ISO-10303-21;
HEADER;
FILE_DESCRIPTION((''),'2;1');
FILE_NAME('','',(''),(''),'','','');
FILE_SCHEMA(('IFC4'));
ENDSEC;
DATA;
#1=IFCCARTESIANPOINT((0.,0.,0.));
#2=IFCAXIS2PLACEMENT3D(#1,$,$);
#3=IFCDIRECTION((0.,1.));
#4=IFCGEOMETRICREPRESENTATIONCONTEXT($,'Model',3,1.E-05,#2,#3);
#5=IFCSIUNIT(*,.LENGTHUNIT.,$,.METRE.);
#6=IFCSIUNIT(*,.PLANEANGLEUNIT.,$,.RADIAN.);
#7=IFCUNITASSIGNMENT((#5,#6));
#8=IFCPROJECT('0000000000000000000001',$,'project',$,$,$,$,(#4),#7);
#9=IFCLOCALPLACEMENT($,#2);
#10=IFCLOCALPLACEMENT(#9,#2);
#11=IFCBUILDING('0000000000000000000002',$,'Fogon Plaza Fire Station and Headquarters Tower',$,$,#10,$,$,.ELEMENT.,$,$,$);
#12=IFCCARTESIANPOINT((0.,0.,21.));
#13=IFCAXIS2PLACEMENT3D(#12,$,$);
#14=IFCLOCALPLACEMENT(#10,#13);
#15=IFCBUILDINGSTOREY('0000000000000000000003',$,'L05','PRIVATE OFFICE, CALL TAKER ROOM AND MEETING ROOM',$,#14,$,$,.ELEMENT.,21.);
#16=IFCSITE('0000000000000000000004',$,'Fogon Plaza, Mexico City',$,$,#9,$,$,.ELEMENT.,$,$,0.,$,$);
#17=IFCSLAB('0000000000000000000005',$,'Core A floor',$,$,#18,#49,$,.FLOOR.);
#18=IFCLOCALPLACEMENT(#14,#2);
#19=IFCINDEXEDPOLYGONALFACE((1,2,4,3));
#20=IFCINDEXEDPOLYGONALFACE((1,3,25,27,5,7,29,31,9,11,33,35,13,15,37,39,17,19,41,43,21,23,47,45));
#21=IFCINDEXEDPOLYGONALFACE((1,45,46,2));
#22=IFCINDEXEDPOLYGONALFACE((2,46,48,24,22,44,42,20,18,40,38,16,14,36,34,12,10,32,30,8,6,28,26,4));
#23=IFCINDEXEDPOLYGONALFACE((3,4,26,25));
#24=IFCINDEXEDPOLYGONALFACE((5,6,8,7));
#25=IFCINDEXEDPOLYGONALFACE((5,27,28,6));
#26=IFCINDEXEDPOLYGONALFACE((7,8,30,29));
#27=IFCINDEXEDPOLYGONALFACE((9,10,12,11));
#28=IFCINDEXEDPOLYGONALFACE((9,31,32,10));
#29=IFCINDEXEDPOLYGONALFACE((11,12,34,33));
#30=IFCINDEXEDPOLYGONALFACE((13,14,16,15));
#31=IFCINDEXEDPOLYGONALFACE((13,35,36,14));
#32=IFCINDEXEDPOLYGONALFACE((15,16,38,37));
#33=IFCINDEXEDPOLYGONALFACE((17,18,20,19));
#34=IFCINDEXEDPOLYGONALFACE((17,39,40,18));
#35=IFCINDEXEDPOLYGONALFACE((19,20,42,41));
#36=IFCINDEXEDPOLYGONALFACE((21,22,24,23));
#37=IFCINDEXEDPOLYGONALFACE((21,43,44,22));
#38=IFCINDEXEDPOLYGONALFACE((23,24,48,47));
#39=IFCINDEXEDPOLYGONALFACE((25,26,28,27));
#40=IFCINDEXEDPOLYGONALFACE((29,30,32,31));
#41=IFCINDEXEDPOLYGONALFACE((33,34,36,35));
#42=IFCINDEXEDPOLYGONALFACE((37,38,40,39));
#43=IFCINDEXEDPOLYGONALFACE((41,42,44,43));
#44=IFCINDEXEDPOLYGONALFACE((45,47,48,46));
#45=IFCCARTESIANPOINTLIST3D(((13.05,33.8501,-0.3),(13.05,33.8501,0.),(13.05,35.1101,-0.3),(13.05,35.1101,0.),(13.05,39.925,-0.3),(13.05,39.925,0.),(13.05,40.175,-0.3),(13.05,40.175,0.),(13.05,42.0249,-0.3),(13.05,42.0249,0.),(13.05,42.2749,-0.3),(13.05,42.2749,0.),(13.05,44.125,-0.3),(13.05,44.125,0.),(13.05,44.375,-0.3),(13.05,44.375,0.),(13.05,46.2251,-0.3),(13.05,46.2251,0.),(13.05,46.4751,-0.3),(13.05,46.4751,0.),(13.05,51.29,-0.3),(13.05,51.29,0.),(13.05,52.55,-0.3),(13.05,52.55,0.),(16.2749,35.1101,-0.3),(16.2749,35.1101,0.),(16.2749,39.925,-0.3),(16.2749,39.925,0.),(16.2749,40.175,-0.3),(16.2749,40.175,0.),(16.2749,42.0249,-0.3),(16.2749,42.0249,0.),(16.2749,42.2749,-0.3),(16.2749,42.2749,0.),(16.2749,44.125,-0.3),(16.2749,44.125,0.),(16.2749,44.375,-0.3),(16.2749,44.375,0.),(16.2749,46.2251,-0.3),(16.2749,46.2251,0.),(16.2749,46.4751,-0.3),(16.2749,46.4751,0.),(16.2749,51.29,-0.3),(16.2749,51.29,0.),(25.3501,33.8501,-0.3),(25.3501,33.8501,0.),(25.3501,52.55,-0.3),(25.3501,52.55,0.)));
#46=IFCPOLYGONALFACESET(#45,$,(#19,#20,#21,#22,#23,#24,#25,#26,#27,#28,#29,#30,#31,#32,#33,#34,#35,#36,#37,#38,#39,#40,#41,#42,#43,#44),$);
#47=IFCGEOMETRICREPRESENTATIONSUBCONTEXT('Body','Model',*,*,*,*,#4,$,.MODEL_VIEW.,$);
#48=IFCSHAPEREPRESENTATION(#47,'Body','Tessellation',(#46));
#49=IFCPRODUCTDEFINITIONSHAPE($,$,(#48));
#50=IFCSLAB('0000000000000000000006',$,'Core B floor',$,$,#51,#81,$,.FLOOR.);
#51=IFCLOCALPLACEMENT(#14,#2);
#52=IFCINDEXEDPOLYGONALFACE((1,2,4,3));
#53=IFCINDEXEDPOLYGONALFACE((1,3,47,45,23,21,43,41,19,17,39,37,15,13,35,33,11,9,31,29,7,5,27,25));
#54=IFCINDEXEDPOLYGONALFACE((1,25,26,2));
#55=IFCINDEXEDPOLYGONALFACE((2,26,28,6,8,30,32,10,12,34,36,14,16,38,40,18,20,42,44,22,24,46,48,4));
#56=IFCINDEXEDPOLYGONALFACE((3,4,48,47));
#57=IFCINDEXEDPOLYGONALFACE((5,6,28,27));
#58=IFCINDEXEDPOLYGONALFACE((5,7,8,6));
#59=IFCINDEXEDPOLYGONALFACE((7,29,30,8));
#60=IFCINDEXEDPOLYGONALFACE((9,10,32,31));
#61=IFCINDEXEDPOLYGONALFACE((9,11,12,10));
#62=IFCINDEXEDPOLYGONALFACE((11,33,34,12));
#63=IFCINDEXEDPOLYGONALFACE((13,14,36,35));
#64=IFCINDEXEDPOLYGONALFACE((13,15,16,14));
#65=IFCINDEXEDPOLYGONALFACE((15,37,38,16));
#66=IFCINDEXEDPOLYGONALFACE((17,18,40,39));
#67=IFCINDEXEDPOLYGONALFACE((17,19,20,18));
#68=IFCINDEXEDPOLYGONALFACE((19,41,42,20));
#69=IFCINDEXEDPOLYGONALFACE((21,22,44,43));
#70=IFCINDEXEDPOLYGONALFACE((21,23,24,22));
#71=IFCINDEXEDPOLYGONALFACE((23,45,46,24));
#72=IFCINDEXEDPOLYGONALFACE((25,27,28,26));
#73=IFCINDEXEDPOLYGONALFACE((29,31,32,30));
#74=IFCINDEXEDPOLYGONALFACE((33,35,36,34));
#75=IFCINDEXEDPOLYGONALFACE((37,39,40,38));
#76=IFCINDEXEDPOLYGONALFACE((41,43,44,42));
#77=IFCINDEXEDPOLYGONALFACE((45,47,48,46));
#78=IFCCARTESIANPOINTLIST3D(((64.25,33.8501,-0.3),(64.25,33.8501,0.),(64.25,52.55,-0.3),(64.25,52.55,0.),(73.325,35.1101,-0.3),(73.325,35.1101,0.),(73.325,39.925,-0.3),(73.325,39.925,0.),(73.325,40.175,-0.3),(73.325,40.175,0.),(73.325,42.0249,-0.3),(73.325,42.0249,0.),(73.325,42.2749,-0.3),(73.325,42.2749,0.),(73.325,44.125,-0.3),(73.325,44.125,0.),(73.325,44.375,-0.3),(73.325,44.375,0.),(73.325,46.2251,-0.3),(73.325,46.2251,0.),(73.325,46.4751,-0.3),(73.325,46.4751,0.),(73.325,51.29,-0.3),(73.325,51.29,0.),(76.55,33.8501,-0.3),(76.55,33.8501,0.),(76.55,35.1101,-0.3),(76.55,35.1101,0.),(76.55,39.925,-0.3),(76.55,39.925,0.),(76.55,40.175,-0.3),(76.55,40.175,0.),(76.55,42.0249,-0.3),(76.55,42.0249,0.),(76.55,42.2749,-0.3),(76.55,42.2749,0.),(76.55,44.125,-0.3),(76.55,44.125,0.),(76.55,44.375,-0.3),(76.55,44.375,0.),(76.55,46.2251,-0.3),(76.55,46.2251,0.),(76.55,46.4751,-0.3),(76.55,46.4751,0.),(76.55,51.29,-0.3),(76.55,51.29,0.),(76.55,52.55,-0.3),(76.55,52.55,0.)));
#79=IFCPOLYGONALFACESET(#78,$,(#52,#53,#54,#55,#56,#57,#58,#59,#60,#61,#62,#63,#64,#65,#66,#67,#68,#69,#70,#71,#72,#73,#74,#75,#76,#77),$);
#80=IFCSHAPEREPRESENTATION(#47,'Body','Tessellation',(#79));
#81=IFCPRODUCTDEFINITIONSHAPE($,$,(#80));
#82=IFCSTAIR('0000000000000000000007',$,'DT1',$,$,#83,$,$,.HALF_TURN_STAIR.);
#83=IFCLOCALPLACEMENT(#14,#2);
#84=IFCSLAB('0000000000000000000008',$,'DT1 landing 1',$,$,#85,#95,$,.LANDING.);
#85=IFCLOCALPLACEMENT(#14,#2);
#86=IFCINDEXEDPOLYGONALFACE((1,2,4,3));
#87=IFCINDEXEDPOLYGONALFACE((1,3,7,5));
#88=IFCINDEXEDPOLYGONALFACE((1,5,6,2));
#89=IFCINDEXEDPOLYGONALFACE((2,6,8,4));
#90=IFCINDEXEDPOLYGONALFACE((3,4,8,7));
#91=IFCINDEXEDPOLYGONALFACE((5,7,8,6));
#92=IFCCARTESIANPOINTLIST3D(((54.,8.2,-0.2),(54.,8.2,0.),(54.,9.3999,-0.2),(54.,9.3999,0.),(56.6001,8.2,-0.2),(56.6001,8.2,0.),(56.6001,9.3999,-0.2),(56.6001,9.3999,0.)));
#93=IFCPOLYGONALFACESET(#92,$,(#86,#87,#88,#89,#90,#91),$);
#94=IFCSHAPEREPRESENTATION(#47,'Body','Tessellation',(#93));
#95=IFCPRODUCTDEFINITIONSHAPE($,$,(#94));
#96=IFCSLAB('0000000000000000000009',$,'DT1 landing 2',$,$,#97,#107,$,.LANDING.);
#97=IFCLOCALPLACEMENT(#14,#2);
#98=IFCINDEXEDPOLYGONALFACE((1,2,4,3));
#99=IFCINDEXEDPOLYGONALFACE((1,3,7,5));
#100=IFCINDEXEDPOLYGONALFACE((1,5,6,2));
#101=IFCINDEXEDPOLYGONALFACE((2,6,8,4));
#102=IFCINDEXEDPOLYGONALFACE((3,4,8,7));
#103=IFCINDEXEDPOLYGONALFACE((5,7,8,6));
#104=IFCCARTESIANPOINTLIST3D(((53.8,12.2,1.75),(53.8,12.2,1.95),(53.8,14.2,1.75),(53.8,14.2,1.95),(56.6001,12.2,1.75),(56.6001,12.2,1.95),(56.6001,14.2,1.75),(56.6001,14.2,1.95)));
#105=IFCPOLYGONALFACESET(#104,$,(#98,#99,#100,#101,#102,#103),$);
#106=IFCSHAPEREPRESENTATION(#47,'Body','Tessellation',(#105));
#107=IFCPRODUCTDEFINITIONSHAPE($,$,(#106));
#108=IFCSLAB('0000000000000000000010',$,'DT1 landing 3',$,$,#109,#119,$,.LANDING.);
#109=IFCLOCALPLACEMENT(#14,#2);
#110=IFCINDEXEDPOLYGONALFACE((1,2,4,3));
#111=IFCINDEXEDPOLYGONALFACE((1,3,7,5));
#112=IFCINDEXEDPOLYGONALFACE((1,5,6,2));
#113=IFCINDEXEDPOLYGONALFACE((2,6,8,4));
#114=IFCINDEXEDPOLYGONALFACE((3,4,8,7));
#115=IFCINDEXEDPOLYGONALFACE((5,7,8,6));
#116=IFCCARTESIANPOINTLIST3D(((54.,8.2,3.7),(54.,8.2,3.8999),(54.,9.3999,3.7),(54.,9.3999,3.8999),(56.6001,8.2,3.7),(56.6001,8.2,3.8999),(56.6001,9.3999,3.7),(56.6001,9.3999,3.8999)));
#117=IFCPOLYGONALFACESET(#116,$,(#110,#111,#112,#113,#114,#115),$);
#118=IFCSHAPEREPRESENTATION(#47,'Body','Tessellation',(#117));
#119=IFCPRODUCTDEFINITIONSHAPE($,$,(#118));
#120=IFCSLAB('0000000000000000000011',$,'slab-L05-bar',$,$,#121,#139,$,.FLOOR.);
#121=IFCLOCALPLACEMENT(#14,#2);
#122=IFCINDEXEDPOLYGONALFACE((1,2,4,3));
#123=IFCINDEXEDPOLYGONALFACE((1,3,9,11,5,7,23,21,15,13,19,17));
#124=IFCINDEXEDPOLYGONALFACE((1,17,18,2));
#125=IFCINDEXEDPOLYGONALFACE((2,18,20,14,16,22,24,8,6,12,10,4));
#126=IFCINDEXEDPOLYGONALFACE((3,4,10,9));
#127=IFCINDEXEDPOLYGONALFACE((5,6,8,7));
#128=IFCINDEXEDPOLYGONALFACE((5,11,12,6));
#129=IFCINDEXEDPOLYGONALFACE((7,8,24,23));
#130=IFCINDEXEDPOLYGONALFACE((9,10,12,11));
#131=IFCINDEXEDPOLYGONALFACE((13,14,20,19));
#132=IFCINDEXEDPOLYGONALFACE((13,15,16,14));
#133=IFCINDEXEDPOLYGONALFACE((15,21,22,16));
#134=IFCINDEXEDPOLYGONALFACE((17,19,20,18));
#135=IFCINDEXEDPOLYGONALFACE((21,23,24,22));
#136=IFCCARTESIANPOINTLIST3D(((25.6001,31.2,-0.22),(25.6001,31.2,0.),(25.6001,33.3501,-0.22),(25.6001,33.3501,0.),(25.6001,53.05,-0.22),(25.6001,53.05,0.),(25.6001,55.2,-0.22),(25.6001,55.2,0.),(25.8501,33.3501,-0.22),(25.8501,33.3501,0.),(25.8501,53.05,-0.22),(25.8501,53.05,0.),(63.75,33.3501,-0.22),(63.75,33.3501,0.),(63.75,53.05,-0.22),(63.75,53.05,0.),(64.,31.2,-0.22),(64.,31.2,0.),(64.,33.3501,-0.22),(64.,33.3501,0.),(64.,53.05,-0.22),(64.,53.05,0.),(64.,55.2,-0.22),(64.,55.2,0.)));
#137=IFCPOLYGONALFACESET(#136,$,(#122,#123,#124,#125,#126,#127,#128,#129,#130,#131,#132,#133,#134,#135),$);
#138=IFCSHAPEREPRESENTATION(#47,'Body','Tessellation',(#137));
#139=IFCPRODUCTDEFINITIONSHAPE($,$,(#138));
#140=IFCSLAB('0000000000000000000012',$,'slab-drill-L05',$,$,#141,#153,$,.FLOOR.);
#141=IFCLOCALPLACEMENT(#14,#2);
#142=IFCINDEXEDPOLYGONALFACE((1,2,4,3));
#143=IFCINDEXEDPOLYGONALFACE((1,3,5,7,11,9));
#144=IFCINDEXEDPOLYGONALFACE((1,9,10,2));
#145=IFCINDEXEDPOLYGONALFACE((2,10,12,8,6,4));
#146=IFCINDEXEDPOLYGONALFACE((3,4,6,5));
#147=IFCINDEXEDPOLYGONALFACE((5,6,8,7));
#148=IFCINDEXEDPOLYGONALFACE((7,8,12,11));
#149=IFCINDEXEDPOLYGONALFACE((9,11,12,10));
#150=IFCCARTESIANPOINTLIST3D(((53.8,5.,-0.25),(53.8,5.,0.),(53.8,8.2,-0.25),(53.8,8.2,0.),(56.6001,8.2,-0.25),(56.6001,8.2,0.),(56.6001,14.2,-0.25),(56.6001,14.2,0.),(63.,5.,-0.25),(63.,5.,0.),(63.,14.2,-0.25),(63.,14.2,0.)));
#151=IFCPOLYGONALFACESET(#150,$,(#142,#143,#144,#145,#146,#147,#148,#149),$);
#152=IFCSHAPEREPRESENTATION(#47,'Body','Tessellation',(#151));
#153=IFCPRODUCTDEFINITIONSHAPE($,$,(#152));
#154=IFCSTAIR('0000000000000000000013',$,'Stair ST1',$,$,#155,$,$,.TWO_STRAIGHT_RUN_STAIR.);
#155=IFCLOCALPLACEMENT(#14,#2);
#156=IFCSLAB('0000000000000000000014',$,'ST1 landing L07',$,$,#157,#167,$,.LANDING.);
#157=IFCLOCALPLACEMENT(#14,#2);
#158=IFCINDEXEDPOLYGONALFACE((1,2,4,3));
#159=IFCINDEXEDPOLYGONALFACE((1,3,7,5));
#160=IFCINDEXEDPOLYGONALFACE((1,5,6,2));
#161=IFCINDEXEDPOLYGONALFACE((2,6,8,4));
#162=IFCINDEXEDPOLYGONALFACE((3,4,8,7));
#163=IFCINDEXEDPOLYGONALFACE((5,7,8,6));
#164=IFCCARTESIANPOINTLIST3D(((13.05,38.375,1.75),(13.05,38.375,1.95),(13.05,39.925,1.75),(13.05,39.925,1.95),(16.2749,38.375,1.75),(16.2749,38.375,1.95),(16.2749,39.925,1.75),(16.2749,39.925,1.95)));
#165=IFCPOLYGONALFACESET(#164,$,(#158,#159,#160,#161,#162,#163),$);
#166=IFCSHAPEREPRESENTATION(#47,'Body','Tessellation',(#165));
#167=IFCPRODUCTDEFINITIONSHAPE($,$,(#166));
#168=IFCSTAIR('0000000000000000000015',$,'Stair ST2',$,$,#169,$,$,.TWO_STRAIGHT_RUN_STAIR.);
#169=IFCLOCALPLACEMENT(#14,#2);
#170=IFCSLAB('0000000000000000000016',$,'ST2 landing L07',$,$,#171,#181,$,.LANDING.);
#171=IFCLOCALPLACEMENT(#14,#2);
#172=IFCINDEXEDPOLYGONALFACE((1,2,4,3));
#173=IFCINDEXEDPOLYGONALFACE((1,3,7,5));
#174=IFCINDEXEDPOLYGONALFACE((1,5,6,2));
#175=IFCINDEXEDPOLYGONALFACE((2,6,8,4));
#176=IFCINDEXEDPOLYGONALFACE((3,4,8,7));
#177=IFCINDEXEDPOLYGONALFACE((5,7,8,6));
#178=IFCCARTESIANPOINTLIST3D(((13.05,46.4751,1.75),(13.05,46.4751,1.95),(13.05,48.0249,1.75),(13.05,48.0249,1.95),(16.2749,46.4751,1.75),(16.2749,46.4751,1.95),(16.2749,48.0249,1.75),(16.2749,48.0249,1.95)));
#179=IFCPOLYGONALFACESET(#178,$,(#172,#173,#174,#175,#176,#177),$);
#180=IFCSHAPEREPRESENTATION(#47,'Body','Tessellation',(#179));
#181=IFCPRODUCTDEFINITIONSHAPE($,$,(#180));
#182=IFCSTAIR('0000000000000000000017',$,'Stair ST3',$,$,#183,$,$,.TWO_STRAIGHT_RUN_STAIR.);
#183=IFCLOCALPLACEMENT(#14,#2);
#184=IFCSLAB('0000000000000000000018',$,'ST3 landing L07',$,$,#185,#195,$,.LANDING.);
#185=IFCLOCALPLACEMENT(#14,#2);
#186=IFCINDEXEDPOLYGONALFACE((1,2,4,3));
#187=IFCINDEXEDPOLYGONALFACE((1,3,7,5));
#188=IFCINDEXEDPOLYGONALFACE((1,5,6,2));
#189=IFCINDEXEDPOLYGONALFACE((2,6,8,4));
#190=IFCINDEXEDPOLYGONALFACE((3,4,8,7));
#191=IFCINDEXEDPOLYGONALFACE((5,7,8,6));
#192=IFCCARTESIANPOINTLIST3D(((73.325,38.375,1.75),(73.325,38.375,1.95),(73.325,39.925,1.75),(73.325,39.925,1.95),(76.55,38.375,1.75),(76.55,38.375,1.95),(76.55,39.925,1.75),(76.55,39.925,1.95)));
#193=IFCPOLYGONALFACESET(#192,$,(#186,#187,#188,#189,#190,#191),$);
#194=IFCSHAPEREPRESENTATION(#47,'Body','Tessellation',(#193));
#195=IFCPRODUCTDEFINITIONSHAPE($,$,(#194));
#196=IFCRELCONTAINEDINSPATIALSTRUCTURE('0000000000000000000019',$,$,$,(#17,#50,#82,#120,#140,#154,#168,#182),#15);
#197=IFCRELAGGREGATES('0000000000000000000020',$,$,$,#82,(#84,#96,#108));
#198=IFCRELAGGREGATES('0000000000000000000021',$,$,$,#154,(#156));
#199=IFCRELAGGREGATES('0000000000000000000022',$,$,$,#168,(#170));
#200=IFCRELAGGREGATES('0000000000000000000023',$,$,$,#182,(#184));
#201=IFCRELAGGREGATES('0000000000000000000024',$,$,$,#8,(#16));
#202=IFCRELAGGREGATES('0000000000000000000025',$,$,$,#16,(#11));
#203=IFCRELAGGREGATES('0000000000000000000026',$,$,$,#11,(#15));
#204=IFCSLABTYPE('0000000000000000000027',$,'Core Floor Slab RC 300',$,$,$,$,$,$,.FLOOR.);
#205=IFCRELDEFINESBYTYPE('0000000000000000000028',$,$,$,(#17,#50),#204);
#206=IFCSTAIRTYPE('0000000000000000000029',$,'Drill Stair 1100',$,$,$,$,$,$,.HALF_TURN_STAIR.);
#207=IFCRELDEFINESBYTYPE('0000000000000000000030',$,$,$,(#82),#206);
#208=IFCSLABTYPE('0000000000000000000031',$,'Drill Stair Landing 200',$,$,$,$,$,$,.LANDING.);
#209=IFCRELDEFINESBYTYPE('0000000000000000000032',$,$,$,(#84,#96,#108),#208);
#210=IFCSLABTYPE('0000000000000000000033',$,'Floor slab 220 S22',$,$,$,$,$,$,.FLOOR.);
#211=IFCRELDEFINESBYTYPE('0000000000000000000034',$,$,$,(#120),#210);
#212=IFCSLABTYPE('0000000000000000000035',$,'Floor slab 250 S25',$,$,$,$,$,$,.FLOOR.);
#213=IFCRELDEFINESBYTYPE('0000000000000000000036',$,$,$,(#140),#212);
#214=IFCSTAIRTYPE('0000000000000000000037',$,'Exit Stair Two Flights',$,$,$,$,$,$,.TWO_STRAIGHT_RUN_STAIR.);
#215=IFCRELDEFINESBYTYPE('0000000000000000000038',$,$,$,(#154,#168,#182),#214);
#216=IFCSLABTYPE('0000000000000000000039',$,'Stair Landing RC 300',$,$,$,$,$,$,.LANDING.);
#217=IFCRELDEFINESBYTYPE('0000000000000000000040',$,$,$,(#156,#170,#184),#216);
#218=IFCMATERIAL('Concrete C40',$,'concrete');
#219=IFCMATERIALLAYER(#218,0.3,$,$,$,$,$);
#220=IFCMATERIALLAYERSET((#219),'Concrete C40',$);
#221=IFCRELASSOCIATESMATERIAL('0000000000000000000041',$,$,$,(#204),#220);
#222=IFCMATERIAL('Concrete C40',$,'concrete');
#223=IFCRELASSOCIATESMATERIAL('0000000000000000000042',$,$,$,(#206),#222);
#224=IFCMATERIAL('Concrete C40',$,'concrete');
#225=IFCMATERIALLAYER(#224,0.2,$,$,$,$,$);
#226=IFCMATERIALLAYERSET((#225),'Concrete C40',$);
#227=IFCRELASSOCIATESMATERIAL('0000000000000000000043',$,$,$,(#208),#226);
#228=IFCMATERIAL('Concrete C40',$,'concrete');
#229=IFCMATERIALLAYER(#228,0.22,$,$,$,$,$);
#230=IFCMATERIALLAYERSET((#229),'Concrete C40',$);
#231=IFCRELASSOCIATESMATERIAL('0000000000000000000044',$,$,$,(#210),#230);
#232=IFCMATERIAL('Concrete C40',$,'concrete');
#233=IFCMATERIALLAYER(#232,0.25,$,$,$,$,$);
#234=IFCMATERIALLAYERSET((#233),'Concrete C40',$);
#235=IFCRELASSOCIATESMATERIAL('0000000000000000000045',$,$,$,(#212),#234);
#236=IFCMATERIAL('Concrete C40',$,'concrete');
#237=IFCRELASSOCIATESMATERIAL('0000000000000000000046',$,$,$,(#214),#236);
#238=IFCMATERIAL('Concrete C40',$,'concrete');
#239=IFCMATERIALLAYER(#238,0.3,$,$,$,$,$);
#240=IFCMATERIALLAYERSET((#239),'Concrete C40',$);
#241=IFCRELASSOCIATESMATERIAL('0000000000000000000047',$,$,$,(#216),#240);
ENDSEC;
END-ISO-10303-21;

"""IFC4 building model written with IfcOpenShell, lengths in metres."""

from ifc_helpers import new_model, si_unit, direction, frame, origin, place, context, subcontext, project, spatial, polyline, outline, extrude, material, layer, layer_set, type_object, element, aggregate, save


model = new_model("IFC4")

# Units and contexts
model_context = context("Model", 3, precision=1e-05, world=origin(), true_north=direction((0.0, 1.0)))
body_context = subcontext(model_context, "Body", "Model", "MODEL_VIEW")
ifc_project = project(units=[si_unit("LENGTHUNIT", "METRE"), si_unit("PLANEANGLEUNIT", "RADIAN")], contexts=[model_context])

# Site, building, storey
site_placement = place(None, origin())
site = spatial("IfcSite", under=ifc_project, at=site_placement, Name="Fogon Plaza, Mexico City", CompositionType="ELEMENT", RefElevation=0.0)
building_placement = place(site_placement, origin())
building = spatial("IfcBuilding", under=site, at=building_placement, Name="Fogon Plaza Fire Station and Headquarters Tower", CompositionType="ELEMENT")
storey_placement = place(building_placement, frame((0.0, 0.0, 21.0)))
storey = spatial("IfcBuildingStorey", under=building, at=storey_placement, Name="L05", Description="PRIVATE OFFICE, CALL TAKER ROOM AND MEETING ROOM", CompositionType="ELEMENT", Elevation=21.0)

# Slabs
ifc_material_1 = material(Name="Concrete C40", Category="concrete")
ifc_layer_1 = layer(ifc_material_1, 0.3)
ifc_layer_set_1 = layer_set([ifc_layer_1], Name="Concrete C40")
slab_type_1 = type_object("IfcSlabType", Name="Core Floor Slab RC 300", PredefinedType="FLOOR", material=ifc_layer_set_1)
slab_1_placement = place(storey_placement, frame((0.0, 0.0, -0.3)))
element("IfcSlab", 1, at=slab_1_placement, inside=storey, type_object=slab_type_1, Name="Core A floor", PredefinedType="FLOOR", context=body_context, shape_type="SweptSolid", body=[
    extrude(outline(polyline([(13.05, 35.1101), (13.05, 33.8501), (25.3501, 33.8501), (25.3501, 52.55), (13.05, 52.55), (13.05, 51.29), (16.2749, 51.29), (16.2749, 46.4751), (13.05, 46.4751), (13.05, 46.2251), (16.2749, 46.2251), (16.2749, 44.375), (13.05, 44.375), (13.05, 44.125), (16.2749, 44.125), (16.2749, 42.2749), (13.05, 42.2749), (13.05, 42.0249), (16.2749, 42.0249), (16.2749, 40.175), (13.05, 40.175), (13.05, 39.925), (16.2749, 39.925), (16.2749, 35.1101), (13.05, 35.1101)])), origin(), (0.0, 0.0, 1.0), 0.3),
])
slab_2_placement = place(storey_placement, frame((0.0, 0.0, -0.3)))
element("IfcSlab", 2, at=slab_2_placement, inside=storey, type_object=slab_type_1, Name="Core B floor", PredefinedType="FLOOR", context=body_context, shape_type="SweptSolid", body=[
    extrude(outline(polyline([(76.55, 35.1101), (73.325, 35.1101), (73.325, 39.925), (76.55, 39.925), (76.55, 40.175), (73.325, 40.175), (73.325, 42.0249), (76.55, 42.0249), (76.55, 42.2749), (73.325, 42.2749), (73.325, 44.125), (76.55, 44.125), (76.55, 44.375), (73.325, 44.375), (73.325, 46.2251), (76.55, 46.2251), (76.55, 46.4751), (73.325, 46.4751), (73.325, 51.29), (76.55, 51.29), (76.55, 52.55), (64.25, 52.55), (64.25, 33.8501), (76.55, 33.8501), (76.55, 35.1101)])), origin(), (0.0, 0.0, 1.0), 0.3),
])

# Stair, slabs
ifc_material_2 = material(Name="Concrete C40", Category="concrete")
stair_type_1 = type_object("IfcStairType", Name="Drill Stair 1100", PredefinedType="HALF_TURN_STAIR", material=ifc_material_2)
stair_1_placement = place(storey_placement, origin())
stair_1 = element("IfcStair", 3, at=stair_1_placement, inside=storey, type_object=stair_type_1, Name="DT1", PredefinedType="HALF_TURN_STAIR")
ifc_material_3 = material(Name="Concrete C40", Category="concrete")
ifc_layer_2 = layer(ifc_material_3, 0.2)
ifc_layer_set_2 = layer_set([ifc_layer_2], Name="Concrete C40")
slab_type_2 = type_object("IfcSlabType", Name="Drill Stair Landing 200", PredefinedType="LANDING", material=ifc_layer_set_2)
slab_3_placement = place(storey_placement, frame((0.0, 0.0, -0.2)))
slab_3 = element("IfcSlab", 4, at=slab_3_placement, type_object=slab_type_2, Name="DT1 landing 1", PredefinedType="LANDING", context=body_context, shape_type="SweptSolid", body=[
    extrude(outline(polyline([(54.0, 8.2), (56.6001, 8.2), (56.6001, 9.3999), (54.0, 9.3999), (54.0, 8.2)])), origin(), (0.0, 0.0, 1.0), 0.2),
])
slab_4_placement = place(storey_placement, frame((0.0, 0.0, 1.75)))
slab_4 = element("IfcSlab", 5, at=slab_4_placement, type_object=slab_type_2, Name="DT1 landing 2", PredefinedType="LANDING", context=body_context, shape_type="SweptSolid", body=[
    extrude(outline(polyline([(53.8, 12.2), (56.6001, 12.2), (56.6001, 14.2), (53.8, 14.2), (53.8, 12.2)])), origin(), (0.0, 0.0, 1.0), 0.2),
])
slab_5_placement = place(storey_placement, frame((0.0, 0.0, 3.7)))
slab_5 = element("IfcSlab", 6, at=slab_5_placement, type_object=slab_type_2, Name="DT1 landing 3", PredefinedType="LANDING", context=body_context, shape_type="SweptSolid", body=[
    extrude(outline(polyline([(54.0, 8.2), (56.6001, 8.2), (56.6001, 9.3999), (54.0, 9.3999), (54.0, 8.2)])), origin(), (0.0, 0.0, 1.0), 0.2),
])
aggregate(stair_1, [slab_3, slab_4, slab_5])

# Slabs
ifc_material_4 = material(Name="Concrete C40", Category="concrete")
ifc_layer_3 = layer(ifc_material_4, 0.22)
ifc_layer_set_3 = layer_set([ifc_layer_3], Name="Concrete C40")
slab_type_3 = type_object("IfcSlabType", Name="Floor slab 220 S22", PredefinedType="FLOOR", material=ifc_layer_set_3)
slab_6_placement = place(storey_placement, frame((0.0, 0.0, -0.22)))
element("IfcSlab", 7, at=slab_6_placement, inside=storey, type_object=slab_type_3, Name="slab-L05-bar", PredefinedType="FLOOR", context=body_context, shape_type="SweptSolid", body=[
    extrude(outline(polyline([(64.0, 31.2), (25.6001, 31.2), (25.6001, 33.3501), (25.8501, 33.3501), (25.8501, 53.05), (25.6001, 53.05), (25.6001, 55.2), (64.0, 55.2), (64.0, 53.05), (63.75, 53.05), (63.75, 33.3501), (64.0, 33.3501), (64.0, 31.2)])), origin(), (0.0, 0.0, 1.0), 0.22),
])
ifc_material_5 = material(Name="Concrete C40", Category="concrete")
ifc_layer_4 = layer(ifc_material_5, 0.25)
ifc_layer_set_4 = layer_set([ifc_layer_4], Name="Concrete C40")
slab_type_4 = type_object("IfcSlabType", Name="Floor slab 250 S25", PredefinedType="FLOOR", material=ifc_layer_set_4)
slab_7_placement = place(storey_placement, frame((0.0, 0.0, -0.25)))
element("IfcSlab", 8, at=slab_7_placement, inside=storey, type_object=slab_type_4, Name="slab-drill-L05", PredefinedType="FLOOR", context=body_context, shape_type="SweptSolid", body=[
    extrude(outline(polyline([(63.0, 14.2), (63.0, 5.0), (53.8, 5.0), (53.8, 8.2), (56.6001, 8.2), (56.6001, 14.2), (63.0, 14.2)])), origin(), (0.0, 0.0, 1.0), 0.25),
])

# Stairs, slabs
ifc_material_6 = material(Name="Concrete C40", Category="concrete")
stair_type_2 = type_object("IfcStairType", Name="Exit Stair Two Flights", PredefinedType="TWO_STRAIGHT_RUN_STAIR", material=ifc_material_6)
stair_2_placement = place(storey_placement, origin())
stair_2 = element("IfcStair", 9, at=stair_2_placement, inside=storey, type_object=stair_type_2, Name="Stair ST1", PredefinedType="TWO_STRAIGHT_RUN_STAIR")
ifc_material_7 = material(Name="Concrete C40", Category="concrete")
ifc_layer_5 = layer(ifc_material_7, 0.3)
ifc_layer_set_5 = layer_set([ifc_layer_5], Name="Concrete C40")
slab_type_5 = type_object("IfcSlabType", Name="Stair Landing RC 300", PredefinedType="LANDING", material=ifc_layer_set_5)
slab_8_placement = place(storey_placement, frame((0.0, 0.0, 1.75)))
slab_8 = element("IfcSlab", 10, at=slab_8_placement, type_object=slab_type_5, Name="ST1 landing L07", PredefinedType="LANDING", context=body_context, shape_type="SweptSolid", body=[
    extrude(outline(polyline([(16.2749, 38.375), (16.2749, 39.925), (13.05, 39.925), (13.05, 38.375), (16.2749, 38.375)])), origin(), (0.0, 0.0, 1.0), 0.2),
])
aggregate(stair_2, [slab_8])
stair_3_placement = place(storey_placement, origin())
stair_3 = element("IfcStair", 11, at=stair_3_placement, inside=storey, type_object=stair_type_2, Name="Stair ST2", PredefinedType="TWO_STRAIGHT_RUN_STAIR")
slab_9_placement = place(storey_placement, frame((0.0, 0.0, 1.75)))
slab_9 = element("IfcSlab", 12, at=slab_9_placement, type_object=slab_type_5, Name="ST2 landing L07", PredefinedType="LANDING", context=body_context, shape_type="SweptSolid", body=[
    extrude(outline(polyline([(16.2749, 46.4751), (16.2749, 48.0249), (13.05, 48.0249), (13.05, 46.4751), (16.2749, 46.4751)])), origin(), (0.0, 0.0, 1.0), 0.2),
])
aggregate(stair_3, [slab_9])
stair_4_placement = place(storey_placement, origin())
stair_4 = element("IfcStair", 13, at=stair_4_placement, inside=storey, type_object=stair_type_2, Name="Stair ST3", PredefinedType="TWO_STRAIGHT_RUN_STAIR")
slab_10_placement = place(storey_placement, frame((0.0, 0.0, 1.75)))
slab_10 = element("IfcSlab", 14, at=slab_10_placement, type_object=slab_type_5, Name="ST3 landing L07", PredefinedType="LANDING", context=body_context, shape_type="SweptSolid", body=[
    extrude(outline(polyline([(73.325, 38.375), (76.55, 38.375), (76.55, 39.925), (73.325, 39.925), (73.325, 38.375)])), origin(), (0.0, 0.0, 1.0), 0.2),
])
aggregate(stair_4, [slab_10])

save(model, "model.ifc")
